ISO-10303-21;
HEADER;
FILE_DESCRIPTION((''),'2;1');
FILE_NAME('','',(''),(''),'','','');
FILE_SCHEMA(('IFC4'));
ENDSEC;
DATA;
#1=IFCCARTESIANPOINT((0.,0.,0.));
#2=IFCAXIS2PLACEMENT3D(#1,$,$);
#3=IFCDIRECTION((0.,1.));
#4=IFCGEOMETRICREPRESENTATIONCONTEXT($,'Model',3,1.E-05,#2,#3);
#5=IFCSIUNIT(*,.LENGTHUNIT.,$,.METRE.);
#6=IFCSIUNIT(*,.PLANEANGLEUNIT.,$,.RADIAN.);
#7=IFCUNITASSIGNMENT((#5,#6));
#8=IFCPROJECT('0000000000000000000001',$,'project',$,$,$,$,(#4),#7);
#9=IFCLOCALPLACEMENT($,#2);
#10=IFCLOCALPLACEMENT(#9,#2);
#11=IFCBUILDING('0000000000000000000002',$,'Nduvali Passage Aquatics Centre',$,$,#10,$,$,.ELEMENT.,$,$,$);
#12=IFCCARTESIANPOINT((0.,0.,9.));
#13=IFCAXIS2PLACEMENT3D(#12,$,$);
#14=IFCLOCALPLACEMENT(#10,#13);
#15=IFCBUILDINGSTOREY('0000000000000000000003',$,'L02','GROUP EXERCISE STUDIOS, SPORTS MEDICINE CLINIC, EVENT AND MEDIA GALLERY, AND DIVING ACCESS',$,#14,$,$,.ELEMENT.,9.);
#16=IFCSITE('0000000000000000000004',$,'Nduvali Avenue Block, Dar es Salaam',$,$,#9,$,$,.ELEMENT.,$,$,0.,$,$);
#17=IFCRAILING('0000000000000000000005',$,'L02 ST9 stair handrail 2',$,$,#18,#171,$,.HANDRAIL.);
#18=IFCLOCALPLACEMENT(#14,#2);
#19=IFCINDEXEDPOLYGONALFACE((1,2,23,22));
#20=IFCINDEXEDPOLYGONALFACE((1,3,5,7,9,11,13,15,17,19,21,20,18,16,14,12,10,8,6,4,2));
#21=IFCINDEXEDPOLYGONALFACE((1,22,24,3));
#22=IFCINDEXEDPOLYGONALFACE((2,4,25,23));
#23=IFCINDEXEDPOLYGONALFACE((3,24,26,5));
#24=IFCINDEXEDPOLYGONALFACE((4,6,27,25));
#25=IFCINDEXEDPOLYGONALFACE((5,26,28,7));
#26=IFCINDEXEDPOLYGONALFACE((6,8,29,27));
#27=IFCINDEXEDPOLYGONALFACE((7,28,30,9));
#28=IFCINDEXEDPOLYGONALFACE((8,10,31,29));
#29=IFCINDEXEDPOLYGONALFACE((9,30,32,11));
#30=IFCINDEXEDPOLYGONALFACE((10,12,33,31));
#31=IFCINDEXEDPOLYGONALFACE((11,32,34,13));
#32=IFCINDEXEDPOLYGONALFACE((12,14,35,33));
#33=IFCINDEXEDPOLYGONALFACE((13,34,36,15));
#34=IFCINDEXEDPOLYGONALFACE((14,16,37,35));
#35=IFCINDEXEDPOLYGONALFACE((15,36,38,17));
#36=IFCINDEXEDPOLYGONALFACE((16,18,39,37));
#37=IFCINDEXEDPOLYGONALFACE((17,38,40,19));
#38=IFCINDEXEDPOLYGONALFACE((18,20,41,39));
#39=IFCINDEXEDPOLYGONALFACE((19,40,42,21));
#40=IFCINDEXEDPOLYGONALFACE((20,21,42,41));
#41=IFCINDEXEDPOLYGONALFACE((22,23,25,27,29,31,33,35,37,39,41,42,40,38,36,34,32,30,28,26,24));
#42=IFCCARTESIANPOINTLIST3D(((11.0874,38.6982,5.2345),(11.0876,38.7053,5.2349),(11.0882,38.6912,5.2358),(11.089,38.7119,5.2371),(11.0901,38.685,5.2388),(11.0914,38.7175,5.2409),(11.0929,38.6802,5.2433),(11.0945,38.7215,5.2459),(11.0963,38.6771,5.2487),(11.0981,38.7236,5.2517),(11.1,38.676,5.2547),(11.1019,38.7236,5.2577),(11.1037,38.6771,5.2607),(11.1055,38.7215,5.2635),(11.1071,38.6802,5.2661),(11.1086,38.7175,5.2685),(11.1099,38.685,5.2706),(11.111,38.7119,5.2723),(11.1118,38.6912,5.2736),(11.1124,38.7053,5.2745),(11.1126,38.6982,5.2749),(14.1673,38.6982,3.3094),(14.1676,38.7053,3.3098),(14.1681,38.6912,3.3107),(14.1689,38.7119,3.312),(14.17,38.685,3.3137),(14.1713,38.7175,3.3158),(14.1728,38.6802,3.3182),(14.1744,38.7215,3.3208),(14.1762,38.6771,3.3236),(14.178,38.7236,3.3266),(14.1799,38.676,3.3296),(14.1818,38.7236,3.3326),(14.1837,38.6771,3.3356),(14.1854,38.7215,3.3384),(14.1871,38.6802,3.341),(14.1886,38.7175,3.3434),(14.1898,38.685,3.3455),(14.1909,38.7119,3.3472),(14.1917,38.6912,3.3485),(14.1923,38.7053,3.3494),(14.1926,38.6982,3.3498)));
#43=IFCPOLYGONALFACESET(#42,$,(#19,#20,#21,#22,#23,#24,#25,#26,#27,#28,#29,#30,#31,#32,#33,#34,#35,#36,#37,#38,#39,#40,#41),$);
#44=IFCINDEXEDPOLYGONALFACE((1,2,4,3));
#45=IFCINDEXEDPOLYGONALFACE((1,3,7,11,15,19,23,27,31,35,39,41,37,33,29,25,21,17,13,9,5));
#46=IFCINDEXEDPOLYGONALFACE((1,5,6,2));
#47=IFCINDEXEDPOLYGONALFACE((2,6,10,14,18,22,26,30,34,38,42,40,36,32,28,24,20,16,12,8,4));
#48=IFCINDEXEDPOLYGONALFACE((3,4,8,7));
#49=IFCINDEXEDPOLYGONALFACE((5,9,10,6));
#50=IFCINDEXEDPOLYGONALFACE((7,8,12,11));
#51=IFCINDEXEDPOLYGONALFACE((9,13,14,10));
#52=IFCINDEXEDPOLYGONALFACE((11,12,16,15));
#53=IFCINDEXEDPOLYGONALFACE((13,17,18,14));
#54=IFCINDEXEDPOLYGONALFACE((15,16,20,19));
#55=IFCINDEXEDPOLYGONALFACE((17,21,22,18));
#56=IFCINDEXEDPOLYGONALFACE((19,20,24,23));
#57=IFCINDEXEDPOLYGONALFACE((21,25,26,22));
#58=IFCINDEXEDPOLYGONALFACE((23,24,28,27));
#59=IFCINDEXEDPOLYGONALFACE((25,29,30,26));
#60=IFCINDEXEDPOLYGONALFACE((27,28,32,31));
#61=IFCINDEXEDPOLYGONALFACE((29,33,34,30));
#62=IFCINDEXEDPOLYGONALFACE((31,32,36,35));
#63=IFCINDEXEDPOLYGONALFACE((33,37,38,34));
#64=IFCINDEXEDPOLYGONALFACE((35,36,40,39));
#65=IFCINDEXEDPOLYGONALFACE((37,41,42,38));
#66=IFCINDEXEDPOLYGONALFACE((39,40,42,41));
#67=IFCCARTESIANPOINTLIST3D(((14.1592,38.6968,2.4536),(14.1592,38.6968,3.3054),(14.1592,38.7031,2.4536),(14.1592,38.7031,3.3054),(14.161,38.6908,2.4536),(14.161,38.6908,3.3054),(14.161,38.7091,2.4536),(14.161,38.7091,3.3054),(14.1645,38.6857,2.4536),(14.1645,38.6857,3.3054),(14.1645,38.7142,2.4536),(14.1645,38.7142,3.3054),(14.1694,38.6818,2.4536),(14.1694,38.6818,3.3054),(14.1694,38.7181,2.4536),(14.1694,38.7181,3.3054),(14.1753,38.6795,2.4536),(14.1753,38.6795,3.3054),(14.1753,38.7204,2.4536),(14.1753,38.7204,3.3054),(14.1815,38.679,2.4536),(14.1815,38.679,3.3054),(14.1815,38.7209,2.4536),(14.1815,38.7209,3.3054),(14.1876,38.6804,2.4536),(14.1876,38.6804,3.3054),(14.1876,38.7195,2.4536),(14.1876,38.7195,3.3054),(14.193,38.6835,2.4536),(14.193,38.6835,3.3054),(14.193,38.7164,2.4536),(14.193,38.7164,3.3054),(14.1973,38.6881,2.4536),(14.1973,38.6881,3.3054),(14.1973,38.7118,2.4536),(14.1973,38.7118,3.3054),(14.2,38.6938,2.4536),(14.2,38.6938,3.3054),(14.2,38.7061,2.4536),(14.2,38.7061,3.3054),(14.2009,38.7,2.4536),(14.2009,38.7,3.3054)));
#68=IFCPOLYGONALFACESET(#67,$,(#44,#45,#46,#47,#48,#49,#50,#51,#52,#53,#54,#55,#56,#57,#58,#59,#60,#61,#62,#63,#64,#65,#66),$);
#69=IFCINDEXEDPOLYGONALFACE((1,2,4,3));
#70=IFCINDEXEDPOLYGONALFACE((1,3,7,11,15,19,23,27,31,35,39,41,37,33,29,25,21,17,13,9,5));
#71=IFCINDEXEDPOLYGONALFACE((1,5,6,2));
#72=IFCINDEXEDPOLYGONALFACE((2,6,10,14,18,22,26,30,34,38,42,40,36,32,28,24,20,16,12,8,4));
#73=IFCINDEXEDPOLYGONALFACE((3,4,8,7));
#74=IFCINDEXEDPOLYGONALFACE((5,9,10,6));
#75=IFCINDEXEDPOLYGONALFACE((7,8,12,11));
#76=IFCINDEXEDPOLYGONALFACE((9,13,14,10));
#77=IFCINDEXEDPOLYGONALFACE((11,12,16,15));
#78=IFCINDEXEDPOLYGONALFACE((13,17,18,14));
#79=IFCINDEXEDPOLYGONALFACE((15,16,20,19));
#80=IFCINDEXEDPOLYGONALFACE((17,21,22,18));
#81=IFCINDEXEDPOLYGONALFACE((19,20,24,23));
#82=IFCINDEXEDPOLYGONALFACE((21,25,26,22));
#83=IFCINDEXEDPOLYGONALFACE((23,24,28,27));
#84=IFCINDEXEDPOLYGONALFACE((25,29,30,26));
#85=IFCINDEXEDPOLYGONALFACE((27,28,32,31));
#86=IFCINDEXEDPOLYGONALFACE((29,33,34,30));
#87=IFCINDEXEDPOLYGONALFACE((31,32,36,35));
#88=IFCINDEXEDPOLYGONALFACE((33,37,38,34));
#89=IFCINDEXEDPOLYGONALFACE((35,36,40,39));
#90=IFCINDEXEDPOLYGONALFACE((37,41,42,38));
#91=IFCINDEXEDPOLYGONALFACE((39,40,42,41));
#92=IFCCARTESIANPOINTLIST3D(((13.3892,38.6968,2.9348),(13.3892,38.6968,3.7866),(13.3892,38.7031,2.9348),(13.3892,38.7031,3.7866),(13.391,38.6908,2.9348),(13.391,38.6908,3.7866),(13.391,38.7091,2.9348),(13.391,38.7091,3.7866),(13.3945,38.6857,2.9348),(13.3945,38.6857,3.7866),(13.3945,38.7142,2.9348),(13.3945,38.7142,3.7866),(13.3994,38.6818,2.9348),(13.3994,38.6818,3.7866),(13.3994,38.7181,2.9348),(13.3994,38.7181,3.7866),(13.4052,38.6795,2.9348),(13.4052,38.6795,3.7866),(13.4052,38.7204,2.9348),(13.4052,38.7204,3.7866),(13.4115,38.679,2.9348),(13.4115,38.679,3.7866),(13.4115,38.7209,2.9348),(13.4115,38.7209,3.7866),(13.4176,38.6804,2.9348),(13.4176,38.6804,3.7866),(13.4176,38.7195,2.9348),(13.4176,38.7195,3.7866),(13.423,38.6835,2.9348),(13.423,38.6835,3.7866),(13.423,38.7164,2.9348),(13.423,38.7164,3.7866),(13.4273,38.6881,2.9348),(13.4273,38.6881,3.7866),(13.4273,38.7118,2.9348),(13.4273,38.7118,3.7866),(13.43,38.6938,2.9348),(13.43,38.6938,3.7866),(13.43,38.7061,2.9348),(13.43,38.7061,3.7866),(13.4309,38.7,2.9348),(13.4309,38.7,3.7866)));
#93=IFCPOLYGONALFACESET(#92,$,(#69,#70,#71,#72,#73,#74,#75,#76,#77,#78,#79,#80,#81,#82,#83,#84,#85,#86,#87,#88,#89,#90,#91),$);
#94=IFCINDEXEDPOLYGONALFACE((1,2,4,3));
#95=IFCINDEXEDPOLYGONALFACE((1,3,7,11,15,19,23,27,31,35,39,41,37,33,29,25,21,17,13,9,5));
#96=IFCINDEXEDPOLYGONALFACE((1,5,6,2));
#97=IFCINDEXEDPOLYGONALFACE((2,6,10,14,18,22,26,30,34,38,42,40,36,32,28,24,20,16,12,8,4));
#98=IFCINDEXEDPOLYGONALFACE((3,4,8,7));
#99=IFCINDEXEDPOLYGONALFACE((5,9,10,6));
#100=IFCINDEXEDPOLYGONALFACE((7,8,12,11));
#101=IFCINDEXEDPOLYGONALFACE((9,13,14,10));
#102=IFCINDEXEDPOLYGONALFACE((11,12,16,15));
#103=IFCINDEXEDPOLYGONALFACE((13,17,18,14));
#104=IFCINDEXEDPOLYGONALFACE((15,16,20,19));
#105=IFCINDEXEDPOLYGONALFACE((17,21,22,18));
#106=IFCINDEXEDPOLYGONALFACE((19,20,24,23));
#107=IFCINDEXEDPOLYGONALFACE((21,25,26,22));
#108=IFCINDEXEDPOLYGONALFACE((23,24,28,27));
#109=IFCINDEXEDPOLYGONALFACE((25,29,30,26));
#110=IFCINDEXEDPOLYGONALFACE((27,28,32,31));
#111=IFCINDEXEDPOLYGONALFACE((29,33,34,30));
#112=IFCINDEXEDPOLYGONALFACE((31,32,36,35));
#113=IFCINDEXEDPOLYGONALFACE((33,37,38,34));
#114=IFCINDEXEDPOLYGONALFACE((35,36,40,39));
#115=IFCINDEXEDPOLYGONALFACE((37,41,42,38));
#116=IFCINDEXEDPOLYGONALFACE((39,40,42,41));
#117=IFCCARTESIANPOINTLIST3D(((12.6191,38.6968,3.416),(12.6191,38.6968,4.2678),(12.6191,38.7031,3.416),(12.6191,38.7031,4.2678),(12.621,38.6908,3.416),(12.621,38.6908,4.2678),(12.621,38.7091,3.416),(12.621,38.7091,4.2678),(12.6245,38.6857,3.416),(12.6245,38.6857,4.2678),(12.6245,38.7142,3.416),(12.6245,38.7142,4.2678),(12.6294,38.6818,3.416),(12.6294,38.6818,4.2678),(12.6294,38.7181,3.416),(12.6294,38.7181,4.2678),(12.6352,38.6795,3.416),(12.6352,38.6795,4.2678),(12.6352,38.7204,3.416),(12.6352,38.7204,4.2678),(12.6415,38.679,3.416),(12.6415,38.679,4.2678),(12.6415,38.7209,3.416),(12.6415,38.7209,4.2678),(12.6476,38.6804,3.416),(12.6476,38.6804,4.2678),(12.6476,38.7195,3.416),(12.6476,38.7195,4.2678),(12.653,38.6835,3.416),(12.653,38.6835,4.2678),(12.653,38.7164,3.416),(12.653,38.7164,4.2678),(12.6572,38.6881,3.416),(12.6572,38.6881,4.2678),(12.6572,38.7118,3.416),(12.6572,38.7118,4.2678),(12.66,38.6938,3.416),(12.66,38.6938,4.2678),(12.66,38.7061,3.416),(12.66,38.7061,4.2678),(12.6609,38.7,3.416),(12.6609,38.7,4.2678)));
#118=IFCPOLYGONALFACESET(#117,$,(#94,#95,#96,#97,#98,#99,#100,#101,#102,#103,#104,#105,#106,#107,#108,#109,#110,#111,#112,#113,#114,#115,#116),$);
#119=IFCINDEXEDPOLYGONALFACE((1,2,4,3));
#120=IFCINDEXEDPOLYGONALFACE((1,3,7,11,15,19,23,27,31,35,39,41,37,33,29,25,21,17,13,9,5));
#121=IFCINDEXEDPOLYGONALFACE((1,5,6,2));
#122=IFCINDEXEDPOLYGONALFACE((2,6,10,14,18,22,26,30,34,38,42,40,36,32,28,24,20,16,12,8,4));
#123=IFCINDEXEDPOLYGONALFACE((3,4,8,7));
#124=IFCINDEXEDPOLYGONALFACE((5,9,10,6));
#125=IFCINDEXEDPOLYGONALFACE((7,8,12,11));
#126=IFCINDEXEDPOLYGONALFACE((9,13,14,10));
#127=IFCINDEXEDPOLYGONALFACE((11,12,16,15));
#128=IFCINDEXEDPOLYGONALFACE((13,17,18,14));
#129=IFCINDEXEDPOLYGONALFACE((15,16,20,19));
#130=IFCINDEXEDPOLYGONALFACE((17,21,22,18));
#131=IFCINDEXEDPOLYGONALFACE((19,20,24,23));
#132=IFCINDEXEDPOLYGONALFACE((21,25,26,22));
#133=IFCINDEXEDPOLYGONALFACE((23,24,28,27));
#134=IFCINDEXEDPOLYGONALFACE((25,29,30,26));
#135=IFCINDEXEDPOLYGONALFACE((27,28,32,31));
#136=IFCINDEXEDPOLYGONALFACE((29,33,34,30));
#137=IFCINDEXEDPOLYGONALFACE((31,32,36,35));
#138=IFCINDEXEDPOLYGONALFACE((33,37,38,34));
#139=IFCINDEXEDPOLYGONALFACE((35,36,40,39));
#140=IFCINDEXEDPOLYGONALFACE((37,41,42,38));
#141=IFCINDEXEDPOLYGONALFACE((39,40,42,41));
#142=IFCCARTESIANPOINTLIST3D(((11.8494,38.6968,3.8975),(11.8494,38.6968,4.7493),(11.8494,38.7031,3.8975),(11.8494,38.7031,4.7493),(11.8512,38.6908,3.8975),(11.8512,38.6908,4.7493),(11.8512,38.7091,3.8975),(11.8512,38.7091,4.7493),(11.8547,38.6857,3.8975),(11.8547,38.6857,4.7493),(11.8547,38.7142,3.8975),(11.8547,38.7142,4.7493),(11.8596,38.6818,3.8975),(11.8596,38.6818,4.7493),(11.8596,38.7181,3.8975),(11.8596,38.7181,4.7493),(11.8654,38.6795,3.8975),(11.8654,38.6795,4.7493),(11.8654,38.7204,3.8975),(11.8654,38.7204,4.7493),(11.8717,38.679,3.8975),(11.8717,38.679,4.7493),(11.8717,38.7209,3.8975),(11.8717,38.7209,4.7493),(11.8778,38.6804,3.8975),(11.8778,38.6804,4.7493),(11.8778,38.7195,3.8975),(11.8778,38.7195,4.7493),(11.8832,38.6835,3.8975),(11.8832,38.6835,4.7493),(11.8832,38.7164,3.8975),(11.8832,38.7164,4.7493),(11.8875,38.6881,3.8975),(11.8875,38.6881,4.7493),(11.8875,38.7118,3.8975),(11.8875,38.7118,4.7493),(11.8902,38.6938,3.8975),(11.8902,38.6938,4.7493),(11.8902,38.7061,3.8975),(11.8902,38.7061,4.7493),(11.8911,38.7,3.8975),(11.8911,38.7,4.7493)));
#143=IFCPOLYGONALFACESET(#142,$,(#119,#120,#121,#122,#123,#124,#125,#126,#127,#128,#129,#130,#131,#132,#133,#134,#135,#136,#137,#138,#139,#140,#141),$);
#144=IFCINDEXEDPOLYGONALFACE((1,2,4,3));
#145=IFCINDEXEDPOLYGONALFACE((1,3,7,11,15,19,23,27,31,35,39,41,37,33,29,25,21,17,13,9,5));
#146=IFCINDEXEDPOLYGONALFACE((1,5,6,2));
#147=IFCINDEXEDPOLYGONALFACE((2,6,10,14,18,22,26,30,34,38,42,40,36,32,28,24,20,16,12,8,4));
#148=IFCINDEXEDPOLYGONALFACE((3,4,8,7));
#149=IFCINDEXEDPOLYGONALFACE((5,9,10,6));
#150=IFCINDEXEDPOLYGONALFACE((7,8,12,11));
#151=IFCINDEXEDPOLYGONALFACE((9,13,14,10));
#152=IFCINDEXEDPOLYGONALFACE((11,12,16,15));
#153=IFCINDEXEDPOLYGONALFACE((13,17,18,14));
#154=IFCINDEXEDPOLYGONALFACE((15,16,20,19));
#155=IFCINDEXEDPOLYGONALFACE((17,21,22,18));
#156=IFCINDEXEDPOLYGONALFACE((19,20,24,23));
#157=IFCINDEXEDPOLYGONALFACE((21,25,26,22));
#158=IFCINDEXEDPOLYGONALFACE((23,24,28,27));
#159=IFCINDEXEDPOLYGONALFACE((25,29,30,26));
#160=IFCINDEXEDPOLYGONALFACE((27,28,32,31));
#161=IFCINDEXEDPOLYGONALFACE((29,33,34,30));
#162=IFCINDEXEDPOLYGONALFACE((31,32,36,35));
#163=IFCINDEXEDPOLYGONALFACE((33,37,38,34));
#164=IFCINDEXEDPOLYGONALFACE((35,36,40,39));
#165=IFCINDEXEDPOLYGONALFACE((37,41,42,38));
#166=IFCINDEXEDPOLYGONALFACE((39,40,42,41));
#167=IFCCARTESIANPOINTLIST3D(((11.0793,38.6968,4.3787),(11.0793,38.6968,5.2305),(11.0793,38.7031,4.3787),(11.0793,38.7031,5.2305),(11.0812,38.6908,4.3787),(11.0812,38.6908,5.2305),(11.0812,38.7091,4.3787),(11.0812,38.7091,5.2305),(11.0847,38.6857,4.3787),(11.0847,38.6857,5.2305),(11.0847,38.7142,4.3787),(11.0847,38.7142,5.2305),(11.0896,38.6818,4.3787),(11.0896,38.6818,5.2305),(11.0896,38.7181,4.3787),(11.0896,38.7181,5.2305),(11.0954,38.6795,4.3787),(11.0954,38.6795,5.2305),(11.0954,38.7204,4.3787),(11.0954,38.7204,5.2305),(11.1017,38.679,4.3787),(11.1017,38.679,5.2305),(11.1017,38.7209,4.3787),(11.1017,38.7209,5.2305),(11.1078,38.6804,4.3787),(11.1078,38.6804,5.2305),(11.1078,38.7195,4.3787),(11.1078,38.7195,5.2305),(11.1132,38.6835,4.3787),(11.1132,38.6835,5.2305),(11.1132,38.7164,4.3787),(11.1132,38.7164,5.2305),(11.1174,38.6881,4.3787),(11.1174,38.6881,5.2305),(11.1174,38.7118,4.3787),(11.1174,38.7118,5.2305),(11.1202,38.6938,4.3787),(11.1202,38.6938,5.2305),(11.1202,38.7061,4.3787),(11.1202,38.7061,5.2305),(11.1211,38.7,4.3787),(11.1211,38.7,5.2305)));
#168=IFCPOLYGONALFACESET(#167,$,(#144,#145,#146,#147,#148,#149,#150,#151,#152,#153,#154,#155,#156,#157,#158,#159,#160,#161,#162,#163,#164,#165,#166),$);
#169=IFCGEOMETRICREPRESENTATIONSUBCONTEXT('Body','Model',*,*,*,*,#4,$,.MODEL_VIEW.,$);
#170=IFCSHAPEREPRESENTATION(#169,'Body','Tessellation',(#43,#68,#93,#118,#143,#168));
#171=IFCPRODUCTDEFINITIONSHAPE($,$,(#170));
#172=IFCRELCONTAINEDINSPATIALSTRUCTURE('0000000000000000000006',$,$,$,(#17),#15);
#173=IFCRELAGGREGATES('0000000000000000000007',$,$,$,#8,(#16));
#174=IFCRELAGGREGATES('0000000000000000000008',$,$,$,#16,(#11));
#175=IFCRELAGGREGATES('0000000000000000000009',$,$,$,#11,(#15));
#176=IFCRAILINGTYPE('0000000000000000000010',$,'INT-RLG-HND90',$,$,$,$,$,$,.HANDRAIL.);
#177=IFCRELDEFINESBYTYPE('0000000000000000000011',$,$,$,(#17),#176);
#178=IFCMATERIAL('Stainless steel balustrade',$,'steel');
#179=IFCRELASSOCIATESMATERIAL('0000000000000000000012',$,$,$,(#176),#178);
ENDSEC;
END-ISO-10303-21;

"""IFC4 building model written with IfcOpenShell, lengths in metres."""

from ifc_helpers import new_model, si_unit, direction, frame, origin, origin_2d, place, context, subcontext, project, spatial, circle, extrude, material, type_object, element, save


model = new_model("IFC4")

# Units and contexts
model_context = context("Model", 3, precision=1e-05, world=origin(), true_north=direction((0.0, 1.0)))
body_context = subcontext(model_context, "Body", "Model", "MODEL_VIEW")
ifc_project = project(units=[si_unit("LENGTHUNIT", "METRE"), si_unit("PLANEANGLEUNIT", "RADIAN")], contexts=[model_context])

# Site, building, storey
site_placement = place(None, origin())
site = spatial("IfcSite", under=ifc_project, at=site_placement, Name="Nduvali Avenue Block, Dar es Salaam", CompositionType="ELEMENT", RefElevation=0.0)
building_placement = place(site_placement, origin())
building = spatial("IfcBuilding", under=site, at=building_placement, Name="Nduvali Passage Aquatics Centre", CompositionType="ELEMENT")
storey_placement = place(building_placement, frame((0.0, 0.0, 9.0)))
storey = spatial("IfcBuildingStorey", under=building, at=storey_placement, Name="L02", Description="GROUP EXERCISE STUDIOS, SPORTS MEDICINE CLINIC, EVENT AND MEDIA GALLERY, AND DIVING ACCESS", CompositionType="ELEMENT", Elevation=9.0)

# Railing
ifc_material_1 = material(Name="Stainless steel balustrade", Category="steel")
railing_type_1 = type_object("IfcRailingType", Name="INT-RLG-HND90", PredefinedType="HANDRAIL", material=ifc_material_1)
railing_1_placement = place(storey_placement, frame((14.1799, 38.7, 2.4536)))
element("IfcRailing", 1, at=railing_1_placement, inside=storey, type_object=railing_type_1, Name="L02 ST9 stair handrail 2", PredefinedType="HANDRAIL", context=body_context, shape_type="SweptSolid", body=[
    extrude(circle(Radius=0.0239, at=origin_2d()), frame((0.0, 0.0, 0.876), z_axis=(-0.847979, 0.0, 0.530029), x_axis=(0.0, -1.0, 0.0)), (0.0, 0.0, 1.0), 3.6321),
    extrude(circle(Radius=0.021, at=origin_2d()), origin(), (0.0, 0.0, 1.0), 0.8518),
    extrude(circle(Radius=0.021, at=origin_2d()), frame((-0.77, 0.0, 0.4812)), (0.0, 0.0, 1.0), 0.8518),
    extrude(circle(Radius=0.021, at=origin_2d()), frame((-1.54, 0.0, 0.9624)), (0.0, 0.0, 1.0), 0.8518),
    extrude(circle(Radius=0.021, at=origin_2d()), frame((-2.3098, 0.0, 1.4438)), (0.0, 0.0, 1.0), 0.8518),
    extrude(circle(Radius=0.021, at=origin_2d()), frame((-3.0798, 0.0, 1.925)), (0.0, 0.0, 1.0), 0.8518),
])

save(model, "model.ifc")
